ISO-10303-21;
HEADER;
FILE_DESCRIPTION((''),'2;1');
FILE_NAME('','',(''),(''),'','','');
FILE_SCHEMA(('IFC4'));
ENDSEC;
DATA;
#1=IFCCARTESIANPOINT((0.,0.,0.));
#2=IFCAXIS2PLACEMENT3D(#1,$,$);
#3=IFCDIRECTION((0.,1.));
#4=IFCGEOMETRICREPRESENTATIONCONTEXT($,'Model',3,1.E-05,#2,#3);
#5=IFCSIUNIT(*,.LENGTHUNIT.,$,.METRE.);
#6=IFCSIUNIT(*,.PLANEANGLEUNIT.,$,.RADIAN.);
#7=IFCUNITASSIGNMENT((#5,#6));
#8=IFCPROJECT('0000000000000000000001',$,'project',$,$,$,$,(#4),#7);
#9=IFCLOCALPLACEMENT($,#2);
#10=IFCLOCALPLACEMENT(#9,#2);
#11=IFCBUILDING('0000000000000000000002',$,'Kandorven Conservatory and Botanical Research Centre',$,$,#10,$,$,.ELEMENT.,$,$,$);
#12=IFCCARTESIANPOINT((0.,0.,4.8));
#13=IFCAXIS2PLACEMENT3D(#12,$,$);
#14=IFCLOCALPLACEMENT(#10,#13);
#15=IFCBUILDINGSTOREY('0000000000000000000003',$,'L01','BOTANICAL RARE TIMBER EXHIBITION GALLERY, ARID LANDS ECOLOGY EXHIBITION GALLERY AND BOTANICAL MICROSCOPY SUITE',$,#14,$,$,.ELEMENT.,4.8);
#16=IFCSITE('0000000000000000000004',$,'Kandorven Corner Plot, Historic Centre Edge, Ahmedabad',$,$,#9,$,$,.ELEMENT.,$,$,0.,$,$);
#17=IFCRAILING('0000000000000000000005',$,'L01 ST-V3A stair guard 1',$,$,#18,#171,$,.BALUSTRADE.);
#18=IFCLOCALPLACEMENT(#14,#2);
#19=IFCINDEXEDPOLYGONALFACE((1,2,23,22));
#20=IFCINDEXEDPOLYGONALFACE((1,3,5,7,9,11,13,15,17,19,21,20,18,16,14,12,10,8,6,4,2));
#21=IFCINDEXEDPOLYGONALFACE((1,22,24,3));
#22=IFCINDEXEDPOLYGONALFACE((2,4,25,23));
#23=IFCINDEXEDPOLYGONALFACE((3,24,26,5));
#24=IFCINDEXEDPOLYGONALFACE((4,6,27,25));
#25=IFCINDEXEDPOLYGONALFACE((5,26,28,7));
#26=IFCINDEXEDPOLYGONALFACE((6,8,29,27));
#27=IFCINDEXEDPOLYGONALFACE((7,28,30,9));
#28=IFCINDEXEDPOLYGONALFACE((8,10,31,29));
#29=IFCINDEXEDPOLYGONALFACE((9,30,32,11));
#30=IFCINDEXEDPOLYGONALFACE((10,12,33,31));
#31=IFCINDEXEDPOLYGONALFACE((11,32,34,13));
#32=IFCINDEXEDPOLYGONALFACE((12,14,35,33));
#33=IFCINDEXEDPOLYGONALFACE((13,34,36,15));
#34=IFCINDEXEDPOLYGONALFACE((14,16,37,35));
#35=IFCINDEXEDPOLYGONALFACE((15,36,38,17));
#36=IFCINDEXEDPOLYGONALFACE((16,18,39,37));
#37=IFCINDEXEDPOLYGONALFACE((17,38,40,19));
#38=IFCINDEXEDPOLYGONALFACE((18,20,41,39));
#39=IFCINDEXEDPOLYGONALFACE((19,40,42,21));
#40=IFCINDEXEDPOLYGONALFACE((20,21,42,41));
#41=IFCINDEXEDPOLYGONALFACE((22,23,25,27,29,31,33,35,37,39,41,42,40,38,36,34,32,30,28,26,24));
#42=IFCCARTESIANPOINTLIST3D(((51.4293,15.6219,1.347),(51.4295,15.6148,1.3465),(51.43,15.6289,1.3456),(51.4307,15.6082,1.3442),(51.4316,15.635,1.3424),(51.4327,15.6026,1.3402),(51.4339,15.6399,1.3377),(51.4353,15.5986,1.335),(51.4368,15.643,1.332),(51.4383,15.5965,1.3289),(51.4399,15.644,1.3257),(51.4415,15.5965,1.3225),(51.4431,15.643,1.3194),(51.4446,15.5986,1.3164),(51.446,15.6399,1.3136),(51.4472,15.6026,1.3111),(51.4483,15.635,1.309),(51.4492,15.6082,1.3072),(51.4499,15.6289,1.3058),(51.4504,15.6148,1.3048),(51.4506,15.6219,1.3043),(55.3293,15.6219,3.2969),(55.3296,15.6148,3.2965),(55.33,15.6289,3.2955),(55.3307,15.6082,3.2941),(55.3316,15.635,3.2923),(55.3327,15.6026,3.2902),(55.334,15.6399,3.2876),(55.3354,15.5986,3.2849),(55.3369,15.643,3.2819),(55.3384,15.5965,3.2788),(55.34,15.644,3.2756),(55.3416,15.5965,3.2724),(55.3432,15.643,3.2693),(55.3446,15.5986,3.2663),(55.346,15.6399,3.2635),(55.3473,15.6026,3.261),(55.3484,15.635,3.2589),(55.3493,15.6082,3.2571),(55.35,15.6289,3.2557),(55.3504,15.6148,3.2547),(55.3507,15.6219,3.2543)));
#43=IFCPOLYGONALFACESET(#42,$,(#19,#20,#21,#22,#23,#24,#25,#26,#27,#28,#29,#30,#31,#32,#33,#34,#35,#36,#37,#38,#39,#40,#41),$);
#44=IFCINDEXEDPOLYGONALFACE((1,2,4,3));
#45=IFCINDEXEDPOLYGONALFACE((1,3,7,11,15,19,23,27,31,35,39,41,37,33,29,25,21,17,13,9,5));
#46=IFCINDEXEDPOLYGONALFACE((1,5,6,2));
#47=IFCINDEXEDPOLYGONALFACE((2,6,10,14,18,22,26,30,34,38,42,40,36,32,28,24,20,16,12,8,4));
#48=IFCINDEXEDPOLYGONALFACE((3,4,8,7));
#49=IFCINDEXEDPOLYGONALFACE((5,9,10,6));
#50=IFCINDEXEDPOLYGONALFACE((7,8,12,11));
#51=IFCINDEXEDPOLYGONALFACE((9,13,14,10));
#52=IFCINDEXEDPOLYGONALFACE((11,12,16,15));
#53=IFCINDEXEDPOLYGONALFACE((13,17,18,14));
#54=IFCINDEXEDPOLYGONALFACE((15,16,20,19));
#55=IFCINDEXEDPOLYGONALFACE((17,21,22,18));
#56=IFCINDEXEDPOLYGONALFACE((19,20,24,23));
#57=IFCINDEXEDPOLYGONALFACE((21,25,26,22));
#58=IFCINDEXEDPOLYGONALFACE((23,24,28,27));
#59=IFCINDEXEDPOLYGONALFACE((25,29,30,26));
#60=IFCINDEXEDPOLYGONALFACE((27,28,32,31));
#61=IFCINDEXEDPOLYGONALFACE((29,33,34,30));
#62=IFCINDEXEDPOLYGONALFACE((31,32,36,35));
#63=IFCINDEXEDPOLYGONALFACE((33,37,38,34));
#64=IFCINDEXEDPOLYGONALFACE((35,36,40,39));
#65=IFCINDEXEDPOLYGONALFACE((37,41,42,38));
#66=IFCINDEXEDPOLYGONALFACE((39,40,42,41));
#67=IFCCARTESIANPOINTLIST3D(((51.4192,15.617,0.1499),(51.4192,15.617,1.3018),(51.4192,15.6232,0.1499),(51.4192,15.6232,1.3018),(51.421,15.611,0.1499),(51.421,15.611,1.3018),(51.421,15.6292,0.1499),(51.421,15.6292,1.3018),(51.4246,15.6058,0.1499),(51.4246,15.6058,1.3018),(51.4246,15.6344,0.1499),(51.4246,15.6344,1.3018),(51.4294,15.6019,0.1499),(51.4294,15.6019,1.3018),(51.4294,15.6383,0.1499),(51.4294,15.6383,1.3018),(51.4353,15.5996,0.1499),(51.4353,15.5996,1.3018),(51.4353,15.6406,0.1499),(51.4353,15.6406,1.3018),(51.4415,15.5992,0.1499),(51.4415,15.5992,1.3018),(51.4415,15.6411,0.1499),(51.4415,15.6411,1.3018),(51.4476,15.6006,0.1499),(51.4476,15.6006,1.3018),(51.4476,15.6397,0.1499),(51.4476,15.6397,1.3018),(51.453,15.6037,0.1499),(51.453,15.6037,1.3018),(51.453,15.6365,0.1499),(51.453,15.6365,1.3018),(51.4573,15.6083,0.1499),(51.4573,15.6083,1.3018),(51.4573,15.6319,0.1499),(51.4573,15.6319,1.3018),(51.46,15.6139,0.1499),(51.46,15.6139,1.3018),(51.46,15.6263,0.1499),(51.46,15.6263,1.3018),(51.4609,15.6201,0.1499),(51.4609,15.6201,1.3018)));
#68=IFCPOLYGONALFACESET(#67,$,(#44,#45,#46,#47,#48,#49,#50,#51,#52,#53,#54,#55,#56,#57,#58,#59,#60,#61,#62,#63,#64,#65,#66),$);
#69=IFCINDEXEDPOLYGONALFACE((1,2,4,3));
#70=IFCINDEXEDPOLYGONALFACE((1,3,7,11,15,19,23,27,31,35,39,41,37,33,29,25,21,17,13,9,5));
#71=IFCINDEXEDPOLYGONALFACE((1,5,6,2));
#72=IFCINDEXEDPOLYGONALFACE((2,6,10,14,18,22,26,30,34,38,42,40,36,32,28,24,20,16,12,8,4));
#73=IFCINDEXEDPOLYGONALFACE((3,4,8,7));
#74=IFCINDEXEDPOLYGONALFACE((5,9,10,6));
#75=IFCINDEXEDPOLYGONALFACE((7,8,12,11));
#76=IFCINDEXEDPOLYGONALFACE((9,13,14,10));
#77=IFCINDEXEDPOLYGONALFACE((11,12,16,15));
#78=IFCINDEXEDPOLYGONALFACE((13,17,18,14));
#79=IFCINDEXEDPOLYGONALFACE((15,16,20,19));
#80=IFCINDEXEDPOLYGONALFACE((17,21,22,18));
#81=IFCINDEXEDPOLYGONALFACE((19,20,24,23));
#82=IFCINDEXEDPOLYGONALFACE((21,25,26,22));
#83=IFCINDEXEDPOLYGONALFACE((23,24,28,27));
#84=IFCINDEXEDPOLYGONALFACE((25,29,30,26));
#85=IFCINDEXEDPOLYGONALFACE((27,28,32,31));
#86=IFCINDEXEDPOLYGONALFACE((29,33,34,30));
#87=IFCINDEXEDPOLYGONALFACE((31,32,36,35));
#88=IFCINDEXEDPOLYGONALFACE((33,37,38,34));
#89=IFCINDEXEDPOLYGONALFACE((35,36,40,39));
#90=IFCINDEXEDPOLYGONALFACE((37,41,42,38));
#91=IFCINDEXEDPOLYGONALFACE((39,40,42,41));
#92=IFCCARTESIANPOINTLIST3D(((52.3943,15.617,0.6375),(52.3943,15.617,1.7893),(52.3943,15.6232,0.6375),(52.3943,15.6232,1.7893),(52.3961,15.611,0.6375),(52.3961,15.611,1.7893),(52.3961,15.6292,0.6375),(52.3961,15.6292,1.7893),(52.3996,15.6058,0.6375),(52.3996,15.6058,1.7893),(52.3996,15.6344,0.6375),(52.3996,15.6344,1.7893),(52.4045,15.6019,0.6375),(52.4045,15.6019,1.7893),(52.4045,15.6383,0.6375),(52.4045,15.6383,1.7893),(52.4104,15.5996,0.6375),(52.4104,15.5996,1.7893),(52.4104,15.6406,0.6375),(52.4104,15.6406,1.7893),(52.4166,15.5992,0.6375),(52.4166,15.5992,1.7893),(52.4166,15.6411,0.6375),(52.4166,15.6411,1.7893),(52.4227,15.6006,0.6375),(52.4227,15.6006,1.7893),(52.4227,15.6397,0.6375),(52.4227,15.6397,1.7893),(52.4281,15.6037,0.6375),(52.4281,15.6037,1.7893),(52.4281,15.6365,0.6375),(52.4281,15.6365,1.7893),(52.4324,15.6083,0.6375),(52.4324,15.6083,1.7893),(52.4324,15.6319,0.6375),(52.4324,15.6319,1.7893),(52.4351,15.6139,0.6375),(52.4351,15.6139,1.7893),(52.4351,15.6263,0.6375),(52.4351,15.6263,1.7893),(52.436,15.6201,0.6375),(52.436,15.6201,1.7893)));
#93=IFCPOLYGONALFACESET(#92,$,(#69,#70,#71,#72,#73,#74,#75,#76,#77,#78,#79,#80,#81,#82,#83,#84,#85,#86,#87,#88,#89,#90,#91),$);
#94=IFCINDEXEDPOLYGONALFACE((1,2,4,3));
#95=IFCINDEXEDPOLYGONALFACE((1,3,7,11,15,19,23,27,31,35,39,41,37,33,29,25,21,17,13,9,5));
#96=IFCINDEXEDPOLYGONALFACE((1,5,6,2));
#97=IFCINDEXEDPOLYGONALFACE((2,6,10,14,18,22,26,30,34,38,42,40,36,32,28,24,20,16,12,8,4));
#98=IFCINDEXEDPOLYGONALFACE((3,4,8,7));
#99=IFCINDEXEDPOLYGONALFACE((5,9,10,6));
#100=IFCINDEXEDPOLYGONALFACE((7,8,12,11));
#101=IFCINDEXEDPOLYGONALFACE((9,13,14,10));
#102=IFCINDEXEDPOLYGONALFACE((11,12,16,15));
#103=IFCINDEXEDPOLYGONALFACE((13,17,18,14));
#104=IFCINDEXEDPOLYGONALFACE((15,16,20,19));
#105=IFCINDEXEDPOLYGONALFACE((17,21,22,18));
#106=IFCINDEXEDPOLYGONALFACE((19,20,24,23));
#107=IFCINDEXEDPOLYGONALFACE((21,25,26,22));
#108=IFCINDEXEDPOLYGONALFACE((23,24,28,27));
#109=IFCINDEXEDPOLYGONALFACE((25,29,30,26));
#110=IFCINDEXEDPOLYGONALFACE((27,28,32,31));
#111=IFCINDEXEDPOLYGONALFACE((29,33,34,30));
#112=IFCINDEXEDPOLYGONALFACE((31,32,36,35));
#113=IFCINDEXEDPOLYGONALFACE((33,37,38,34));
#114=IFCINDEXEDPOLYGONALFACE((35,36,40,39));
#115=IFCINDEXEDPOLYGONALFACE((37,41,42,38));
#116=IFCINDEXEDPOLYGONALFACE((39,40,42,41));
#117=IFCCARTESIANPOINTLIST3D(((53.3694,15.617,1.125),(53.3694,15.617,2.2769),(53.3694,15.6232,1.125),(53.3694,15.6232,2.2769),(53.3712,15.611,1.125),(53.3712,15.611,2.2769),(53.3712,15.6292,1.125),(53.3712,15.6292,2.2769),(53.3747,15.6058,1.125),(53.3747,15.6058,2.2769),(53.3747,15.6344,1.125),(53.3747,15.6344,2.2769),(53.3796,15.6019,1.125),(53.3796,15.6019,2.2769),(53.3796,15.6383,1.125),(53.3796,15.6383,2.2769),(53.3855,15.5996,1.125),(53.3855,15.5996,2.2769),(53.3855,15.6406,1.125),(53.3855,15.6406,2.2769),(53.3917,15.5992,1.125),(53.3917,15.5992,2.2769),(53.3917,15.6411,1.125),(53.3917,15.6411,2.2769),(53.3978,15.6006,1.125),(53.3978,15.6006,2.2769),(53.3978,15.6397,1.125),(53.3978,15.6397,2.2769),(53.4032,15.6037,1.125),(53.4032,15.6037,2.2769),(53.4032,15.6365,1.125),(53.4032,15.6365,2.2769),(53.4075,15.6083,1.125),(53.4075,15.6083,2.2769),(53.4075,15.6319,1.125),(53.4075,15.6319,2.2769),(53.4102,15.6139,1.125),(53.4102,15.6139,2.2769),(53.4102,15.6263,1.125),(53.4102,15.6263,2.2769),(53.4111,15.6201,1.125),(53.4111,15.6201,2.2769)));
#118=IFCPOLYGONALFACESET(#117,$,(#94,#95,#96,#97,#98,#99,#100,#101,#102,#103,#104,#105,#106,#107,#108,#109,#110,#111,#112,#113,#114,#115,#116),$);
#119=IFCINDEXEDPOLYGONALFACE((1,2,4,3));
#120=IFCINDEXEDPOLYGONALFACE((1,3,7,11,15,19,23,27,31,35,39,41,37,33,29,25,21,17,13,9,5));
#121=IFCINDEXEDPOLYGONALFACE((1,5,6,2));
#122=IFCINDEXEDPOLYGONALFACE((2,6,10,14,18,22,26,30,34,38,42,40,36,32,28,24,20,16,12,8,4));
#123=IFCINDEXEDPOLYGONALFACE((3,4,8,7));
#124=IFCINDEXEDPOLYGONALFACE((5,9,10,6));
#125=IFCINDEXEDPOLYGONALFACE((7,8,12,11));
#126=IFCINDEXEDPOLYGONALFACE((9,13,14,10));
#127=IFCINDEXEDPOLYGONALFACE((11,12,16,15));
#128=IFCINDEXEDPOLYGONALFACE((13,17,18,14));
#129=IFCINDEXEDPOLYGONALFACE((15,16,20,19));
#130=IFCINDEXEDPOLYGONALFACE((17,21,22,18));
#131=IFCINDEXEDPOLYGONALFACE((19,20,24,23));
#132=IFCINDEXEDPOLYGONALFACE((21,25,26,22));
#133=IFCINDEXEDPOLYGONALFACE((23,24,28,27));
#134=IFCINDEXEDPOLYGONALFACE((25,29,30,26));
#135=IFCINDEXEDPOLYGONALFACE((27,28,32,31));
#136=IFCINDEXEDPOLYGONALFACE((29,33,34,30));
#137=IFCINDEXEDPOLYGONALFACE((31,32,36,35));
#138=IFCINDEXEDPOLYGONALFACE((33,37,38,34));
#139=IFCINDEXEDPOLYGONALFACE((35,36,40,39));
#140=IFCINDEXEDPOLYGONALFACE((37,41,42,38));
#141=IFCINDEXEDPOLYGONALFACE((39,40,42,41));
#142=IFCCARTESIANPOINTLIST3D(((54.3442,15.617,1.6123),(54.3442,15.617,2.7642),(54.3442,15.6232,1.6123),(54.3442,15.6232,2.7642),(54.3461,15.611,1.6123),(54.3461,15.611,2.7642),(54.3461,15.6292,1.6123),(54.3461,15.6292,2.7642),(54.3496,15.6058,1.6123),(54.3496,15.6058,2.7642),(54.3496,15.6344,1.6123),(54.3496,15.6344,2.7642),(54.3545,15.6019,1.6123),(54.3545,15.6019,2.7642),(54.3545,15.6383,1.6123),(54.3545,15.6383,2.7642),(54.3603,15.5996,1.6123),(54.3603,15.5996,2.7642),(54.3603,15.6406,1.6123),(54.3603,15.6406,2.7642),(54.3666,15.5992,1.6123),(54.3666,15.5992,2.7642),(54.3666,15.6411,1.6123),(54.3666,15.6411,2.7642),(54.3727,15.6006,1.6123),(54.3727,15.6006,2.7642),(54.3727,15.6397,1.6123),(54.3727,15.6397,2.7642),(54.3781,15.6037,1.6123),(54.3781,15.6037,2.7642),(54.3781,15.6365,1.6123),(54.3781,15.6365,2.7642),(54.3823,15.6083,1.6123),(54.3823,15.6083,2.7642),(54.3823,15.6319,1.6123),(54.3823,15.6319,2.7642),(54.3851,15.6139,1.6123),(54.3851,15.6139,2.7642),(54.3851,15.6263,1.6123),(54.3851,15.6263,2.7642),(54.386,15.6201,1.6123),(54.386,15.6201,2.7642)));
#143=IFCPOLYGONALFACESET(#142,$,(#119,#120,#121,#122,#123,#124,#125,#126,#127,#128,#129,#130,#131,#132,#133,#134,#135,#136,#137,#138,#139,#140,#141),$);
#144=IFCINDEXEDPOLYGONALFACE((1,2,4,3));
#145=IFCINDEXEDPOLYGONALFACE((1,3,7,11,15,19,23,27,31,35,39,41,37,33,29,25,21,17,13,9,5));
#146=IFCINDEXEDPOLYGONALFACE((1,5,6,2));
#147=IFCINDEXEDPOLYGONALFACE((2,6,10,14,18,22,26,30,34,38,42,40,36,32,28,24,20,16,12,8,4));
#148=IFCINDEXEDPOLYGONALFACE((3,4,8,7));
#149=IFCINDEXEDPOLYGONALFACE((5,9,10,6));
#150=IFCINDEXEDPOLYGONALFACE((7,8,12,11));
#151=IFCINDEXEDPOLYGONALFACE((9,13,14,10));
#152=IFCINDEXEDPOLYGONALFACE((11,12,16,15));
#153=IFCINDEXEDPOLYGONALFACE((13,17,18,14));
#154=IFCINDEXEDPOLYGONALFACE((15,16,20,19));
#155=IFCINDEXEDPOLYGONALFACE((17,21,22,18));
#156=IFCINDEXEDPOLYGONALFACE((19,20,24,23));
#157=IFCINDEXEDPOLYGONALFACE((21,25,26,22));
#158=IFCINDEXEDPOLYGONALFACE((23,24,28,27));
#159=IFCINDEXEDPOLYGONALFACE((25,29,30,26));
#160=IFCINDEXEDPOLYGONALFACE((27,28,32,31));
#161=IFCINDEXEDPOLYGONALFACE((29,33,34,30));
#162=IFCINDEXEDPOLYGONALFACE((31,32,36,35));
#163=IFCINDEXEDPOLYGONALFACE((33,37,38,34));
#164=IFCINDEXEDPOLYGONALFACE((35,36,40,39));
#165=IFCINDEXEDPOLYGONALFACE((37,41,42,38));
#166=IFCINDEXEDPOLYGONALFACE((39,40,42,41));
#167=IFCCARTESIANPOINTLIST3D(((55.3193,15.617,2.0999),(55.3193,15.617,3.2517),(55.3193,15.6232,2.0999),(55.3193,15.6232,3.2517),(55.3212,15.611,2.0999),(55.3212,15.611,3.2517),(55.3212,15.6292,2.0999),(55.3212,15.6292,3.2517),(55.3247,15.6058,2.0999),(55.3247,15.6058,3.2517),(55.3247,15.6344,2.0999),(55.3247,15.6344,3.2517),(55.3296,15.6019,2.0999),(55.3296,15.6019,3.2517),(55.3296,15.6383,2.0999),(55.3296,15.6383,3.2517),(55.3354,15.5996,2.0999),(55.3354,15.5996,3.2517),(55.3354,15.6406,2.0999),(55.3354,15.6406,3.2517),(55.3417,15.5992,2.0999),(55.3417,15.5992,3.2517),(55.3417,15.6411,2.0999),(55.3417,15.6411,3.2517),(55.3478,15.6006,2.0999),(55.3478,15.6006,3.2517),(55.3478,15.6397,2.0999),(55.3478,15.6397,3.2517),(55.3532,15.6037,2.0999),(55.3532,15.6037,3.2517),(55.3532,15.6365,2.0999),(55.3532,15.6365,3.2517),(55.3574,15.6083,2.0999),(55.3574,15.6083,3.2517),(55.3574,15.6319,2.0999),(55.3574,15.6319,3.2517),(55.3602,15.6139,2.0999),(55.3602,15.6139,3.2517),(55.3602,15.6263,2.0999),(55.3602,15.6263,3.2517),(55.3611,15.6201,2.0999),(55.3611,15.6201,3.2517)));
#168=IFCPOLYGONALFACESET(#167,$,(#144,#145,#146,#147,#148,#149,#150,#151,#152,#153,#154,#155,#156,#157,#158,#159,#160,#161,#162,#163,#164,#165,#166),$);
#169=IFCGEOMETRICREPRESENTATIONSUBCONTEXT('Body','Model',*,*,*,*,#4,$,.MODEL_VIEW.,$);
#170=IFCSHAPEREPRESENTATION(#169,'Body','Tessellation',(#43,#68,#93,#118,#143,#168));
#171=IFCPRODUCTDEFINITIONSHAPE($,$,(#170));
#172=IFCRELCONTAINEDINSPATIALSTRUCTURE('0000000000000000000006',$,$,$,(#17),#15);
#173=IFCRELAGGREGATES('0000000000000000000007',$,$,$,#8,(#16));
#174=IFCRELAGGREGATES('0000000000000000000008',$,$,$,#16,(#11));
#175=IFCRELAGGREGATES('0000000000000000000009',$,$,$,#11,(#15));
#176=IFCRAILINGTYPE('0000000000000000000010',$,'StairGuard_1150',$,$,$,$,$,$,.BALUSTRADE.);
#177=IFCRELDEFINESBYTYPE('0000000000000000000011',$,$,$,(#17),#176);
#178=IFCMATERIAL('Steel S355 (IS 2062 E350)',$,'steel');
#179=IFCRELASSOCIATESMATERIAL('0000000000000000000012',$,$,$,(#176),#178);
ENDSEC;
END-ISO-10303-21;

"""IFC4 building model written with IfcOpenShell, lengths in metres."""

from ifc_helpers import new_model, si_unit, direction, frame, origin, origin_2d, place, context, subcontext, project, spatial, circle, extrude, material, type_object, element, save


model = new_model("IFC4")

# Units and contexts
model_context = context("Model", 3, precision=1e-05, world=origin(), true_north=direction((0.0, 1.0)))
body_context = subcontext(model_context, "Body", "Model", "MODEL_VIEW")
ifc_project = project(units=[si_unit("LENGTHUNIT", "METRE"), si_unit("PLANEANGLEUNIT", "RADIAN")], contexts=[model_context])

# Site, building, storey
site_placement = place(None, origin())
site = spatial("IfcSite", under=ifc_project, at=site_placement, Name="Kandorven Corner Plot, Historic Centre Edge, Ahmedabad", CompositionType="ELEMENT", RefElevation=0.0)
building_placement = place(site_placement, origin())
building = spatial("IfcBuilding", under=site, at=building_placement, Name="Kandorven Conservatory and Botanical Research Centre", CompositionType="ELEMENT")
storey_placement = place(building_placement, frame((0.0, 0.0, 4.8)))
storey = spatial("IfcBuildingStorey", under=building, at=storey_placement, Name="L01", Description="BOTANICAL RARE TIMBER EXHIBITION GALLERY, ARID LANDS ECOLOGY EXHIBITION GALLERY AND BOTANICAL MICROSCOPY SUITE", CompositionType="ELEMENT", Elevation=4.8)

# Railing
ifc_material_1 = material(Name="Steel S355 (IS 2062 E350)", Category="steel")
railing_type_1 = type_object("IfcRailingType", Name="StairGuard_1150", PredefinedType="BALUSTRADE", material=ifc_material_1)
railing_1_placement = place(storey_placement, frame((51.4399, 15.6201, 0.1499)))
element("IfcRailing", 1, at=railing_1_placement, inside=storey, type_object=railing_type_1, Name="L01 ST-V3A stair guard 1", PredefinedType="BALUSTRADE", context=body_context, shape_type="SweptSolid", body=[
    extrude(circle(Radius=0.0239, at=origin_2d()), frame((0.0, 0.0, 1.1758), z_axis=(0.894438, 0.0, 0.447191), x_axis=(0.0, 1.0, 0.0)), (0.0, 0.0, 1.0), 4.3604),
    extrude(circle(Radius=0.021, at=origin_2d()), origin(), (0.0, 0.0, 1.0), 1.1519),
    extrude(circle(Radius=0.021, at=origin_2d()), frame((0.9751, 0.0, 0.4875)), (0.0, 0.0, 1.0), 1.1519),
    extrude(circle(Radius=0.021, at=origin_2d()), frame((1.9502, 0.0, 0.9751)), (0.0, 0.0, 1.0), 1.1519),
    extrude(circle(Radius=0.021, at=origin_2d()), frame((2.925, 0.0, 1.4624)), (0.0, 0.0, 1.0), 1.1519),
    extrude(circle(Radius=0.021, at=origin_2d()), frame((3.9001, 0.0, 1.95)), (0.0, 0.0, 1.0), 1.1519),
])

save(model, "model.ifc")
